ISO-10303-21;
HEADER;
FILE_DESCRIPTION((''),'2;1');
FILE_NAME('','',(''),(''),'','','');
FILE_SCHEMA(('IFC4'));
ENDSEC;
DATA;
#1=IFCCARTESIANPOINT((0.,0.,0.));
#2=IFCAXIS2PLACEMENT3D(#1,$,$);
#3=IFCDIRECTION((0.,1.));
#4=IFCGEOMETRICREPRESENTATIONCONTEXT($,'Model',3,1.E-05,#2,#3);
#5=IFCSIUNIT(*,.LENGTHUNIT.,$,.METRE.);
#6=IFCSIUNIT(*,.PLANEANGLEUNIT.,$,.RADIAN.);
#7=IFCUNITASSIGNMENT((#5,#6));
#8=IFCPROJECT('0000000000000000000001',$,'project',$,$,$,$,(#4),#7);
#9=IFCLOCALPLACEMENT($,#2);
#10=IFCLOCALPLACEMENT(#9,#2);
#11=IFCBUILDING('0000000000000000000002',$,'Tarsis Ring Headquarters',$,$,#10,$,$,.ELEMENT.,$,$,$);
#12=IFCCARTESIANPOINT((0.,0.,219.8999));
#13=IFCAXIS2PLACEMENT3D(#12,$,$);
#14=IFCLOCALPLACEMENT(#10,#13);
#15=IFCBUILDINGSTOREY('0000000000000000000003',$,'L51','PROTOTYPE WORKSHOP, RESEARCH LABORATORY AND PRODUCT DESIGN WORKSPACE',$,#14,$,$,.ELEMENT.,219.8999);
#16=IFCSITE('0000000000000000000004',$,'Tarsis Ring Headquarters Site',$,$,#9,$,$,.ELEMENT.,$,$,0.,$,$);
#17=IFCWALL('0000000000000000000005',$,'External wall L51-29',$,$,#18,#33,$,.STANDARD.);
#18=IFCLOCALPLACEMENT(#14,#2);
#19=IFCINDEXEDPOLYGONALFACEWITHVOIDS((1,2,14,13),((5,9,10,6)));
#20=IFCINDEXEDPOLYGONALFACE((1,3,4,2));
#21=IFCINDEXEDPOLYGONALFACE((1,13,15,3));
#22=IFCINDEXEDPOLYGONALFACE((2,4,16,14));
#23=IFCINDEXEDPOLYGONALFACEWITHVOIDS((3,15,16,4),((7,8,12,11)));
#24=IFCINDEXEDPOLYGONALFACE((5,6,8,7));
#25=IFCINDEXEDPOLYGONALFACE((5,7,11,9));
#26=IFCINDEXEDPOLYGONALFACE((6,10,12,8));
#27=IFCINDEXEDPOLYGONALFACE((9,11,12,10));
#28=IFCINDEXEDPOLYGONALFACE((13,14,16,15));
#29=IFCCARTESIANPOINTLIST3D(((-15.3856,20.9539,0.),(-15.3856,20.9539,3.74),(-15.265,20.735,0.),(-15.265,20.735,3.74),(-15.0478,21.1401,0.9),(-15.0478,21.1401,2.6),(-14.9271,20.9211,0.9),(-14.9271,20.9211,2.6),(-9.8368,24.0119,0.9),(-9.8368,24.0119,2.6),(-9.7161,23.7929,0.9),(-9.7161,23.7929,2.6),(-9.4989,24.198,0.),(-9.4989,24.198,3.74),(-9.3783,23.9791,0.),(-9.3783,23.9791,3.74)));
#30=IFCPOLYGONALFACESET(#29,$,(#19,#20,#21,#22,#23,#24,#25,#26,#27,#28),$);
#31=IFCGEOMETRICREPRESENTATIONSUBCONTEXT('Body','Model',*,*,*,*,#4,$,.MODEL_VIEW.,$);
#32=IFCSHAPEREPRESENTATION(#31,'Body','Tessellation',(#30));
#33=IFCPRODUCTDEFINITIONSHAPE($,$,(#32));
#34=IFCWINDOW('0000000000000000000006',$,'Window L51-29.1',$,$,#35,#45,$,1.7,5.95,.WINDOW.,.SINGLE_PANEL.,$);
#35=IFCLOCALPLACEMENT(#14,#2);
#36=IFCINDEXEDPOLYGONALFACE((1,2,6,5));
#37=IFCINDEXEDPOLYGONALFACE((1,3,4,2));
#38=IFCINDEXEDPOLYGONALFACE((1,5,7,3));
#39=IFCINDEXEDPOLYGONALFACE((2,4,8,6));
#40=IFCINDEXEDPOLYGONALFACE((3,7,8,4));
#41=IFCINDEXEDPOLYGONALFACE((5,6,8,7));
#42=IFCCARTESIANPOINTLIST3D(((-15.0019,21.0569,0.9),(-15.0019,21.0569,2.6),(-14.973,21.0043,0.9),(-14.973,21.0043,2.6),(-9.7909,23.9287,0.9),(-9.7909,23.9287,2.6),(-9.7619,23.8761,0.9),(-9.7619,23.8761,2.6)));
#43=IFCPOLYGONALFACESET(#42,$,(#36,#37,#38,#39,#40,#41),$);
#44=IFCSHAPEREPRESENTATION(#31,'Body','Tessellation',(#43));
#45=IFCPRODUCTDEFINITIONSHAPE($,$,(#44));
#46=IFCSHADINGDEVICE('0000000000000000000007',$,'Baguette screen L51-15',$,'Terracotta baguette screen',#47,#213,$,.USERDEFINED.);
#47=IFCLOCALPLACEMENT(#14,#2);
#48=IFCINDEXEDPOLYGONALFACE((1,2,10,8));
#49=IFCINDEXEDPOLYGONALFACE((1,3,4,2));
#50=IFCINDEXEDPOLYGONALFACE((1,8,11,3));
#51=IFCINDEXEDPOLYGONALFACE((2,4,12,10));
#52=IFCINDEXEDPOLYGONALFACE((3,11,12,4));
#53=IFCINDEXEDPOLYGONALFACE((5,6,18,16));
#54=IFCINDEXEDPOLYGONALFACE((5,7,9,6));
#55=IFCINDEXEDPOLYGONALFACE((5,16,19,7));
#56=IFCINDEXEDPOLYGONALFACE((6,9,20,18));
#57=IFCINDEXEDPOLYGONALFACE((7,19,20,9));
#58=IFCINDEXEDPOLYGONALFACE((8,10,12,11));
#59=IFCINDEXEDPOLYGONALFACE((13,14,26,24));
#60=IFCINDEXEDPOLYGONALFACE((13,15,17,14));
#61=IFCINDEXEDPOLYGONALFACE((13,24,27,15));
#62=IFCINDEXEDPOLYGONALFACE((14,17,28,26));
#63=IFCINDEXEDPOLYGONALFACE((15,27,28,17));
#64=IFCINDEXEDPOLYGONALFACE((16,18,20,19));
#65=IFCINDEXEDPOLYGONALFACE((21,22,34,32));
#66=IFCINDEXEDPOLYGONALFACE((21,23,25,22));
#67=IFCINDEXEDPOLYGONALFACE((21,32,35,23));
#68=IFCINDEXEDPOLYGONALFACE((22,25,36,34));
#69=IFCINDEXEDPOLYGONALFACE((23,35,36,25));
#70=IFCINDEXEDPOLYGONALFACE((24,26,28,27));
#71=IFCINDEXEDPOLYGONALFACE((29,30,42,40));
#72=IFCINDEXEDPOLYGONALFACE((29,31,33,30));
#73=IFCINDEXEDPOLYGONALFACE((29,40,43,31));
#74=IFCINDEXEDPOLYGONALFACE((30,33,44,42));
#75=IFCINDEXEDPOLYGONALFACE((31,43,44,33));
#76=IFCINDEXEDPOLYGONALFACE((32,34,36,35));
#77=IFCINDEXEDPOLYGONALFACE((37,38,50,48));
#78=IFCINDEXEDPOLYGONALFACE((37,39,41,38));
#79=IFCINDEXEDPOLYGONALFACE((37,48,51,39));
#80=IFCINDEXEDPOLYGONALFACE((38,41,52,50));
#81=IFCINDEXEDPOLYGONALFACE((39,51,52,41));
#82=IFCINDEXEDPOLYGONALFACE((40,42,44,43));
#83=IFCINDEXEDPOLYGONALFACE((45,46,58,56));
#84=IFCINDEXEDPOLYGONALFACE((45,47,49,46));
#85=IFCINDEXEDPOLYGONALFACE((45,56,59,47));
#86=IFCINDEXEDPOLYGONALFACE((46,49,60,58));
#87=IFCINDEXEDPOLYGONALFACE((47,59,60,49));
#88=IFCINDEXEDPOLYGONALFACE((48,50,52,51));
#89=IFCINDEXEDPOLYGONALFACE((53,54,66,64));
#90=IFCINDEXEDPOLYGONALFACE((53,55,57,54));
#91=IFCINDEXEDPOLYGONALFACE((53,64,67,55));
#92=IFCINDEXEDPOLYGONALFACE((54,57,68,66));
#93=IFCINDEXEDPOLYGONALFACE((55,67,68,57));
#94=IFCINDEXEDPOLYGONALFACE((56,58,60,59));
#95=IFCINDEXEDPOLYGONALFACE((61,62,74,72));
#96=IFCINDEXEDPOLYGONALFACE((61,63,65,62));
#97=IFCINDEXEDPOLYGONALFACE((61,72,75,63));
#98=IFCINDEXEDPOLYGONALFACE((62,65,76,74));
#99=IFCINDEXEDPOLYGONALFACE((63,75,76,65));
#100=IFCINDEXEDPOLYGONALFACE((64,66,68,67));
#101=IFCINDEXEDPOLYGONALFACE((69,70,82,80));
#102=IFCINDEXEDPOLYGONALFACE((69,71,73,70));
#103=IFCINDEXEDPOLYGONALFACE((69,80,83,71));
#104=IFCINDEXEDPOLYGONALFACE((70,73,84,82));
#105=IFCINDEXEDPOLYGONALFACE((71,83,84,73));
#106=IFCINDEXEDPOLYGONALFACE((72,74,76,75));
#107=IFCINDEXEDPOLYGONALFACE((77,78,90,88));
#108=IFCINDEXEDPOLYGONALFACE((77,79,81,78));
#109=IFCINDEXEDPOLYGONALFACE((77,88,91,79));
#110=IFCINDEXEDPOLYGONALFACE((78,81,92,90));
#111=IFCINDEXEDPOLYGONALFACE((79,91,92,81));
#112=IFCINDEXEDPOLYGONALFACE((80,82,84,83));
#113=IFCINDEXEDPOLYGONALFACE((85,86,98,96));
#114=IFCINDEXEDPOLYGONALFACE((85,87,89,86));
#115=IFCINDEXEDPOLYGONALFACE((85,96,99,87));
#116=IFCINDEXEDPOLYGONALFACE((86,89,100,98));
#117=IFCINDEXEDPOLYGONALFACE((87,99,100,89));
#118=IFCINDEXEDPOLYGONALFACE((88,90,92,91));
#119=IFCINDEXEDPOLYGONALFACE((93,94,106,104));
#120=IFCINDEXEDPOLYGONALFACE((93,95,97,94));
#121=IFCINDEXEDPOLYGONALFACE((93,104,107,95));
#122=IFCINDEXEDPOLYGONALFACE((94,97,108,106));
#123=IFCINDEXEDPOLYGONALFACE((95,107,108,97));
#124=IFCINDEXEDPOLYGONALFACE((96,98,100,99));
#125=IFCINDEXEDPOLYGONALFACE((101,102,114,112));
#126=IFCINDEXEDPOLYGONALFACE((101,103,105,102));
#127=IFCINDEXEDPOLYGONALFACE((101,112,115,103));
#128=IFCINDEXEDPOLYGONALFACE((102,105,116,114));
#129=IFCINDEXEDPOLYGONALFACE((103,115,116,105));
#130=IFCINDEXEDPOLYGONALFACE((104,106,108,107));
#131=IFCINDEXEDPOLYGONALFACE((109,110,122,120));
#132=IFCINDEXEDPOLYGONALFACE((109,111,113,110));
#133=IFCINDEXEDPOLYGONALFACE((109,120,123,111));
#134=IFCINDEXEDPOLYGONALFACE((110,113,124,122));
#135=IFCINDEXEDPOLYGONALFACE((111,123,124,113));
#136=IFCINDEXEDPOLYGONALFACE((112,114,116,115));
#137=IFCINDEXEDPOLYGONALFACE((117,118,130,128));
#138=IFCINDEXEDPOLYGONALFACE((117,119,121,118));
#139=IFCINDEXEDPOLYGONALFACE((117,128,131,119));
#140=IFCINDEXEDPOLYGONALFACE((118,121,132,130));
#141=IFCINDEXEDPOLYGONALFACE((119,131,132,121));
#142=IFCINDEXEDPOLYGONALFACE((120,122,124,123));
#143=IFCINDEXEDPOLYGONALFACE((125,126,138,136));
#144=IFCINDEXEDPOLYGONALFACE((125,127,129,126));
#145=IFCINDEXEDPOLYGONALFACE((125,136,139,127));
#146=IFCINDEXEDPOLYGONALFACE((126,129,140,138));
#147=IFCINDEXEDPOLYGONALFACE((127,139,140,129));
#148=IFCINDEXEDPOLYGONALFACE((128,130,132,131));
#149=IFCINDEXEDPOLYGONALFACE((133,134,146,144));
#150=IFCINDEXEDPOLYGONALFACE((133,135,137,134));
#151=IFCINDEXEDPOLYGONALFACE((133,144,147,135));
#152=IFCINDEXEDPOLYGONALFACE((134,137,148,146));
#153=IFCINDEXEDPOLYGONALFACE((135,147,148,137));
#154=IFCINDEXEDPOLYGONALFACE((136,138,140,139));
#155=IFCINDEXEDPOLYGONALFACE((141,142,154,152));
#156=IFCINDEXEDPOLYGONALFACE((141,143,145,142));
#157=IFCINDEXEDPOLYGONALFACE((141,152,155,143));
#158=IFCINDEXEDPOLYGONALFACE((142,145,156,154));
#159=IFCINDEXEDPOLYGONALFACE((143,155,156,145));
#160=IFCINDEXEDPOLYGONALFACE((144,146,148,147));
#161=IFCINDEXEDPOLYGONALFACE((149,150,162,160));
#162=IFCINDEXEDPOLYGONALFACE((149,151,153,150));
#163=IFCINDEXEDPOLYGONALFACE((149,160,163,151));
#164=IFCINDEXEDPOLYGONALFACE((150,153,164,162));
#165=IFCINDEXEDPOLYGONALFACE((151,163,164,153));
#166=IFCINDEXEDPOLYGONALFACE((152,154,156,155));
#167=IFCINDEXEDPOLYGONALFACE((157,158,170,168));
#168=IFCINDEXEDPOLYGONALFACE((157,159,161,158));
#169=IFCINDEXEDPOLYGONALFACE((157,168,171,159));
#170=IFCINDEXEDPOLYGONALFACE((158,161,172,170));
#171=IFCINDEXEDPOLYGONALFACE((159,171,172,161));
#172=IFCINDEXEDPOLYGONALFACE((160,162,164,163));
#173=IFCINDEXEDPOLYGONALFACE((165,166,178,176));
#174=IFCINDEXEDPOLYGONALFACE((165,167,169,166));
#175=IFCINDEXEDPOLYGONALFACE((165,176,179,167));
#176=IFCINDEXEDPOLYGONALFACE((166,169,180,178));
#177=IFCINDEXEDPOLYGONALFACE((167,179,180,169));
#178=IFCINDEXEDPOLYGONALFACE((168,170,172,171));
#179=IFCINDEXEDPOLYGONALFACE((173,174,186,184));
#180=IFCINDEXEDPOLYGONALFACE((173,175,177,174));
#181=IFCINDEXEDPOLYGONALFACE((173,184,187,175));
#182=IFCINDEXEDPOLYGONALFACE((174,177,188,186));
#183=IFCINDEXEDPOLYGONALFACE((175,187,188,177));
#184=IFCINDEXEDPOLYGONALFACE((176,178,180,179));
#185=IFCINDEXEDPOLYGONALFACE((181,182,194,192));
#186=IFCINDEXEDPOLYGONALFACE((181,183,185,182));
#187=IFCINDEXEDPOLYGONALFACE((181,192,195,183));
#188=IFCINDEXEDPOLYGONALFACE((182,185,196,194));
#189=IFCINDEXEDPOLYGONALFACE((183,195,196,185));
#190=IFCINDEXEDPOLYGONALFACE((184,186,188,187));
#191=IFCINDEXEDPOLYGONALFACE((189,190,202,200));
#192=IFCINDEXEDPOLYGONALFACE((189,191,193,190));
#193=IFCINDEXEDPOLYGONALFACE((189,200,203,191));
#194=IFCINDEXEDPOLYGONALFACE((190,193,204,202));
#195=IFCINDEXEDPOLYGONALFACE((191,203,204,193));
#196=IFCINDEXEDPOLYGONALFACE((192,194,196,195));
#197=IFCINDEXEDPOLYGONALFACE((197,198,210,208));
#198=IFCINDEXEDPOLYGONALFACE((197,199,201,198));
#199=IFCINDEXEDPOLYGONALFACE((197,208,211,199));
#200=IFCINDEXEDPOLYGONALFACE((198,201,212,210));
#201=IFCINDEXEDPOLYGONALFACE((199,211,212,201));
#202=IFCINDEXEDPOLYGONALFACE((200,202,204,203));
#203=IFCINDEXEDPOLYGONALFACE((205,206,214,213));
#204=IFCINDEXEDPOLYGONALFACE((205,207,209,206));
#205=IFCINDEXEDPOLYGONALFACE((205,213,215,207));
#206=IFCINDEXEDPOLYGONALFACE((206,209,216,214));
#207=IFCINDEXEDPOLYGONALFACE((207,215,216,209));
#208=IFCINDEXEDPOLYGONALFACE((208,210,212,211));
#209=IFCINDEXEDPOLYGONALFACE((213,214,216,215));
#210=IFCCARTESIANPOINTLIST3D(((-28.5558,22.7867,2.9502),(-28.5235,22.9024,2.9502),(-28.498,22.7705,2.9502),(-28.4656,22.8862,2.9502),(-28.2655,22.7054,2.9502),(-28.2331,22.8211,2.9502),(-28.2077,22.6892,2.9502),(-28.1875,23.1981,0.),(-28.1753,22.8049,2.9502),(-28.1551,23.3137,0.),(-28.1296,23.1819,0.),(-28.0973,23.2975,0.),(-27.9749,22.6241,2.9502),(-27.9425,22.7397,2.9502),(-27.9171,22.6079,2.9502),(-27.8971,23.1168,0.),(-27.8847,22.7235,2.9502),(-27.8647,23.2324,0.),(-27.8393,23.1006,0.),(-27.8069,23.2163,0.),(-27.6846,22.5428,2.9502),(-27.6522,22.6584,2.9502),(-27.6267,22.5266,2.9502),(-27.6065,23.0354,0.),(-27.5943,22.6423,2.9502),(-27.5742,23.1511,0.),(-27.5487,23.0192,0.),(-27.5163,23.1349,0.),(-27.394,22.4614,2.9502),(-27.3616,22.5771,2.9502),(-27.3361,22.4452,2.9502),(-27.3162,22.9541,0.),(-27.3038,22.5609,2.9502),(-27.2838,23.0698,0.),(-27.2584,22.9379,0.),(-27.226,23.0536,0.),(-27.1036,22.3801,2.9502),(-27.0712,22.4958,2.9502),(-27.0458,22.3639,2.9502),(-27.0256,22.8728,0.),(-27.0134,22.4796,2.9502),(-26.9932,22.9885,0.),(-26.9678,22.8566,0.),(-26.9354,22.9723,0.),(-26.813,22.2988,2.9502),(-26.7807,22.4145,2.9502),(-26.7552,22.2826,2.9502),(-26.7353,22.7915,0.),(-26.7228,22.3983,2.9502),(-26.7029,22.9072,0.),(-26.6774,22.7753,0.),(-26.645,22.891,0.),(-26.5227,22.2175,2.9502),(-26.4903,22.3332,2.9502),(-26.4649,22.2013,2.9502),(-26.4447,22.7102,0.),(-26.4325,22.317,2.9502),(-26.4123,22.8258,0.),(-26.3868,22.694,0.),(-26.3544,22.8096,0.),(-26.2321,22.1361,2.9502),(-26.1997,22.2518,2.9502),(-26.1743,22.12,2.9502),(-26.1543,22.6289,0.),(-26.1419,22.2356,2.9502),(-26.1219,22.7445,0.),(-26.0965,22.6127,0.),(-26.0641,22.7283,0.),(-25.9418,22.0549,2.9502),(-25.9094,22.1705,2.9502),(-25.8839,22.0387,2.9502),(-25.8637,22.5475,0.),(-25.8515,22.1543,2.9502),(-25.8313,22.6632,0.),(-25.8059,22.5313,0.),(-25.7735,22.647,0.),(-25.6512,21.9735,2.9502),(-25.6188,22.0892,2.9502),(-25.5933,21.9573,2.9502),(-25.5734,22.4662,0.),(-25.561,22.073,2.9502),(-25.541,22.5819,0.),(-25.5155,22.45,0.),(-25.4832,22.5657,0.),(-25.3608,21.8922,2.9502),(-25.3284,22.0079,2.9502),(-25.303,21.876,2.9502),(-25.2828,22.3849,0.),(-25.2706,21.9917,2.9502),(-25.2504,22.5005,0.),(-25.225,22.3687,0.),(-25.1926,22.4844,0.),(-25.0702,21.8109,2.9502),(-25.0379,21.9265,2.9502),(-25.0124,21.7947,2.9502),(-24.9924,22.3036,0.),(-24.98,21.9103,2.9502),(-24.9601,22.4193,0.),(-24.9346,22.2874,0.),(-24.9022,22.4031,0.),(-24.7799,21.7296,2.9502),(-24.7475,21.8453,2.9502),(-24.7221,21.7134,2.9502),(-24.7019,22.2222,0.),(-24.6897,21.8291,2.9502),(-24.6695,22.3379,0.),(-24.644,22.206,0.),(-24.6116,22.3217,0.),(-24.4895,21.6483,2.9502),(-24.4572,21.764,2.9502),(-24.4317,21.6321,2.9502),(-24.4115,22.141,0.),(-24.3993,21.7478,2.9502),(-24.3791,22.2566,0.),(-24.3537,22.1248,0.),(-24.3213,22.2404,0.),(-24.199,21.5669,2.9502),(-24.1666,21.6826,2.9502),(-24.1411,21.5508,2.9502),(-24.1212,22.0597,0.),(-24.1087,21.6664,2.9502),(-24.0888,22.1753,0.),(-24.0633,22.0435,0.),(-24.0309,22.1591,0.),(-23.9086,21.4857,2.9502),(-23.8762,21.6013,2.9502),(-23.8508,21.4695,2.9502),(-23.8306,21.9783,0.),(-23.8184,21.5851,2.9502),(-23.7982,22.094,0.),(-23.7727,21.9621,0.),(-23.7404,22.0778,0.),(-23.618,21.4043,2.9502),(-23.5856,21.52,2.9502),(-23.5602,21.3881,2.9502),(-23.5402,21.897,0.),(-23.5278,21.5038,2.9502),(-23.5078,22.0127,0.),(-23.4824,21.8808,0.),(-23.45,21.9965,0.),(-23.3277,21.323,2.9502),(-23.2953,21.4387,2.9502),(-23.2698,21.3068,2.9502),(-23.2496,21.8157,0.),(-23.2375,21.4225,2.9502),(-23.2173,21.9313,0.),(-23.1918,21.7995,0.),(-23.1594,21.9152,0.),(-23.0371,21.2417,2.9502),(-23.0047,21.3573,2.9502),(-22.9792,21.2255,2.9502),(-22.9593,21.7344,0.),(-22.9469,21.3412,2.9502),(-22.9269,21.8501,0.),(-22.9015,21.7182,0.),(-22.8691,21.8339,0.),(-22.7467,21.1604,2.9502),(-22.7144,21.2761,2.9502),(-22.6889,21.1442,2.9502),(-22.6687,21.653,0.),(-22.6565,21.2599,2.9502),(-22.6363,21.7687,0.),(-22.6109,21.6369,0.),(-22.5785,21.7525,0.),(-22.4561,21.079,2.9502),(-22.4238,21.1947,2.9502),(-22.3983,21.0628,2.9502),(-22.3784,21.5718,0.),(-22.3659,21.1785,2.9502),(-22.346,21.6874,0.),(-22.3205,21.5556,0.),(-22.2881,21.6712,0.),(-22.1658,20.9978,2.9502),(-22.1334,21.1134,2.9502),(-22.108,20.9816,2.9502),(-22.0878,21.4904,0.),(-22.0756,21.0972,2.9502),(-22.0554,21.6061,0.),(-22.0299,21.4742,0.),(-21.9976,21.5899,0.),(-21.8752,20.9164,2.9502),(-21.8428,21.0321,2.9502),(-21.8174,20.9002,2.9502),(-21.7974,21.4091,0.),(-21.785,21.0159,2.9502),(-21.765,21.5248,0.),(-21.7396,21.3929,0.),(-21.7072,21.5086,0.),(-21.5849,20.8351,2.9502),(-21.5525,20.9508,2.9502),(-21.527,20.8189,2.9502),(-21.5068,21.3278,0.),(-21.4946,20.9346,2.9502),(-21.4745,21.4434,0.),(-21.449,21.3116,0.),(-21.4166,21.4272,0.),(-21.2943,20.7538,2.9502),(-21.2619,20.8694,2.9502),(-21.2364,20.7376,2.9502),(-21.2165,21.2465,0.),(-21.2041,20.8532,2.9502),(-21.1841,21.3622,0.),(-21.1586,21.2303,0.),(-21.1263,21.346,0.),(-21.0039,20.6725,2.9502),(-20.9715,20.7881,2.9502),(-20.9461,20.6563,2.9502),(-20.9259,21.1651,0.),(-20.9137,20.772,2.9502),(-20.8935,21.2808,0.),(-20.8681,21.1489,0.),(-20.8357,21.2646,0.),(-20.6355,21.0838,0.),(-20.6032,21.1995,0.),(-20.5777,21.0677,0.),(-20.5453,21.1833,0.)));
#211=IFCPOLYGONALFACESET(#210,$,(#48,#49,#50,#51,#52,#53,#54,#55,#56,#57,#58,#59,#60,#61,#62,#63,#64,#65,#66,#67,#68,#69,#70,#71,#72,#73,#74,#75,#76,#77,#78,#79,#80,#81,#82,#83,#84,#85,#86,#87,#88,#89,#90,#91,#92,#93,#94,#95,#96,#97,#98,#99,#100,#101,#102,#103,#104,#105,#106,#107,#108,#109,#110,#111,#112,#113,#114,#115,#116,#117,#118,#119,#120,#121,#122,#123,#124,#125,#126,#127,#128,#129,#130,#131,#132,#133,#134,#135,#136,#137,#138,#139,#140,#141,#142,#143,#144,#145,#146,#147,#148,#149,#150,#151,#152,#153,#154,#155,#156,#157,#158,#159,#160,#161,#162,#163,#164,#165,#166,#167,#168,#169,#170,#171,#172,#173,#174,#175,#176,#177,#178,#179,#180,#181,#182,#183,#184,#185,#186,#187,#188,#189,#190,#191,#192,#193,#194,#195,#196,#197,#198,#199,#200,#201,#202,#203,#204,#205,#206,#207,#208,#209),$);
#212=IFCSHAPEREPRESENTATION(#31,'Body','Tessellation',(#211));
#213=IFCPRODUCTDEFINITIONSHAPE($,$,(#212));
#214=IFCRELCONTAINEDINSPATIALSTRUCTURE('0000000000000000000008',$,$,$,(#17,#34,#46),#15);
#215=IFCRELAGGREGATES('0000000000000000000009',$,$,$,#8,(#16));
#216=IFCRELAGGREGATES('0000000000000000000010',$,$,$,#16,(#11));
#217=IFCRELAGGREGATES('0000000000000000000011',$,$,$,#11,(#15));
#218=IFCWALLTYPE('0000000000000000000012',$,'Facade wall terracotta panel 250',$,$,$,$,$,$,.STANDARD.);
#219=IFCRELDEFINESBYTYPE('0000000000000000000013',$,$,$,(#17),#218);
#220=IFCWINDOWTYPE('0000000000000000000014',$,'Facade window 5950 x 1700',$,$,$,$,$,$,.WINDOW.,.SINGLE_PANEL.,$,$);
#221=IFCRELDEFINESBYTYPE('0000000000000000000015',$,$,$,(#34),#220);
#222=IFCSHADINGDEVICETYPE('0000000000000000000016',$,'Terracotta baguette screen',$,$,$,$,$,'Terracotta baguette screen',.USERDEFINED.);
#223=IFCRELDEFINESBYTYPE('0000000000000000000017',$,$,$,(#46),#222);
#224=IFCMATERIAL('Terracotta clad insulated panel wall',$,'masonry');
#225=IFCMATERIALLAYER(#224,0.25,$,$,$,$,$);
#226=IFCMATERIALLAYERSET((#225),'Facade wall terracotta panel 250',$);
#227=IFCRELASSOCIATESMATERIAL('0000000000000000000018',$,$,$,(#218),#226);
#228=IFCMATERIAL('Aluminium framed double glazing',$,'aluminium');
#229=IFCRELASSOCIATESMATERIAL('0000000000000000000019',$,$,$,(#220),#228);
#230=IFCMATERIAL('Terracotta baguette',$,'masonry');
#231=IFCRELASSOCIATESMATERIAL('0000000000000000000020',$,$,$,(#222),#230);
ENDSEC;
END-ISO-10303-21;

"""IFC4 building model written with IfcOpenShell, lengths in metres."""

from ifc_helpers import new_model, si_unit, direction, frame, frame_2d, origin, place, context, subcontext, project, spatial, rectangle, composite_profile, extrude, material, layer, layer_set, type_object, element, fill, save


model = new_model("IFC4")

# Units and contexts
model_context = context("Model", 3, precision=1e-05, world=origin(), true_north=direction((0.0, 1.0)))
body_context = subcontext(model_context, "Body", "Model", "MODEL_VIEW")
ifc_project = project(units=[si_unit("LENGTHUNIT", "METRE"), si_unit("PLANEANGLEUNIT", "RADIAN")], contexts=[model_context])

# Site, building, storey
site_placement = place(None, origin())
site = spatial("IfcSite", under=ifc_project, at=site_placement, Name="Tarsis Ring Headquarters Site", CompositionType="ELEMENT", RefElevation=0.0)
building_placement = place(site_placement, origin())
building = spatial("IfcBuilding", under=site, at=building_placement, Name="Tarsis Ring Headquarters", CompositionType="ELEMENT")
storey_placement = place(building_placement, frame((0.0, 0.0, 219.8999)))
storey = spatial("IfcBuildingStorey", under=building, at=storey_placement, Name="L51", Description="PROTOTYPE WORKSHOP, RESEARCH LABORATORY AND PRODUCT DESIGN WORKSPACE", CompositionType="ELEMENT", Elevation=219.8999)

# Wall, opening, window
ifc_material_1 = material(Name="Terracotta clad insulated panel wall", Category="masonry")
ifc_layer_1 = layer(ifc_material_1, 0.25)
ifc_layer_set_1 = layer_set([ifc_layer_1], Name="Facade wall terracotta panel 250")
wall_type_1 = type_object("IfcWallType", Name="Facade wall terracotta panel 250", PredefinedType="STANDARD", material=ifc_layer_set_1)
wall_1_placement = place(storey_placement, frame((-9.4385, 24.0886, 0.0), z_axis=(0.0, 0.0, 1.0), x_axis=(-0.875811, -0.482655, 0.0)))
wall_1 = element("IfcWall", 1, at=wall_1_placement, inside=storey, type_object=wall_type_1, Name="External wall L51-29", PredefinedType="STANDARD", context=body_context, shape_type="SweptSolid", body=[
    extrude(rectangle(XDim=6.7214, YDim=0.25, at=frame_2d((3.3608, 0.0))), origin(), (0.0, 0.0, 1.0), 3.74),
])
opening_placement = place(wall_1_placement, frame((0.3857, 0.0, 0.8999)))
opening = element("IfcOpeningElement", 2, at=opening_placement, cuts=wall_1, PredefinedType="OPENING", context=body_context, shape_type="SweptSolid", body=[
    extrude(rectangle(XDim=5.95, YDim=1.7, at=frame_2d((2.9751, 0.8501))), frame((0.0, 0.135, 0.0), z_axis=(0.0, -1.0, 0.0), x_axis=(1.0, 0.0, 0.0)), (0.0, 0.0, 1.0), 0.27),
])
ifc_material_2 = material(Name="Aluminium framed double glazing", Category="aluminium")
window_type = type_object("IfcWindowType", Name="Facade window 5950 x 1700", PartitioningType="SINGLE_PANEL", PredefinedType="WINDOW", material=ifc_material_2)
window_placement = place(opening_placement, origin())
window = element("IfcWindow", 3, at=window_placement, inside=storey, type_object=window_type, Name="Window L51-29.1", OverallHeight=1.7, OverallWidth=5.95, PartitioningType="SINGLE_PANEL", PredefinedType="WINDOW", context=body_context, shape_type="SweptSolid", body=[
    extrude(rectangle(XDim=5.95, YDim=1.7, at=frame_2d((2.9751, 0.8501))), frame((0.0, 0.03, 0.0), z_axis=(0.0, -1.0, 0.0), x_axis=(1.0, 0.0, 0.0)), (0.0, 0.0, 1.0), 0.0601),
])
fill(opening, window)

# Shading device
ifc_material_3 = material(Name="Terracotta baguette", Category="masonry")
shading_device_type = type_object("IfcShadingDeviceType", Name="Terracotta baguette screen", ElementType="Terracotta baguette screen", PredefinedType="USERDEFINED", material=ifc_material_3)
shading_device_1_placement = place(storey_placement, frame((-20.5615, 21.1255, 0.0), z_axis=(0.0, 0.0, 1.0), x_axis=(-0.962987, 0.269596, 0.0)))
element("IfcShadingDevice", 4, at=shading_device_1_placement, inside=storey, type_object=shading_device_type, Name="Baguette screen L51-15", ObjectType="Terracotta baguette screen", PredefinedType="USERDEFINED", context=body_context, shape_type="SweptSolid", body=[
    extrude(composite_profile([rectangle(XDim=0.0601, YDim=0.1201, at=frame_2d((0.03, 0.0))), rectangle(XDim=0.0601, YDim=0.1201, at=frame_2d((0.3315, 0.0))), rectangle(XDim=0.0601, YDim=0.1201, at=frame_2d((0.6333, 0.0))), rectangle(XDim=0.0601, YDim=0.1201, at=frame_2d((0.9348, 0.0))), rectangle(XDim=0.0601, YDim=0.1201, at=frame_2d((1.2366, 0.0))), rectangle(XDim=0.0601, YDim=0.1201, at=frame_2d((1.5381, 0.0))), rectangle(XDim=0.0601, YDim=0.1201, at=frame_2d((1.8398, 0.0))), rectangle(XDim=0.0601, YDim=0.1201, at=frame_2d((2.1414, 0.0))), rectangle(XDim=0.0601, YDim=0.1201, at=frame_2d((2.4431, 0.0))), rectangle(XDim=0.0601, YDim=0.1201, at=frame_2d((2.7446, 0.0))), rectangle(XDim=0.0601, YDim=0.1201, at=frame_2d((3.0464, 0.0))), rectangle(XDim=0.0601, YDim=0.1201, at=frame_2d((3.3479, 0.0))), rectangle(XDim=0.0601, YDim=0.1201, at=frame_2d((3.6497, 0.0))), rectangle(XDim=0.0601, YDim=0.1201, at=frame_2d((3.9512, 0.0))), rectangle(XDim=0.0601, YDim=0.1201, at=frame_2d((4.2527, 0.0))), rectangle(XDim=0.0601, YDim=0.1201, at=frame_2d((4.5544, 0.0))), rectangle(XDim=0.0601, YDim=0.1201, at=frame_2d((4.856, 0.0))), rectangle(XDim=0.0601, YDim=0.1201, at=frame_2d((5.1577, 0.0))), rectangle(XDim=0.0601, YDim=0.1201, at=frame_2d((5.4592, 0.0))), rectangle(XDim=0.0601, YDim=0.1201, at=frame_2d((5.761, 0.0))), rectangle(XDim=0.0601, YDim=0.1201, at=frame_2d((6.0625, 0.0))), rectangle(XDim=0.0601, YDim=0.1201, at=frame_2d((6.3643, 0.0))), rectangle(XDim=0.0601, YDim=0.1201, at=frame_2d((6.6658, 0.0))), rectangle(XDim=0.0601, YDim=0.1201, at=frame_2d((6.9675, 0.0))), rectangle(XDim=0.0601, YDim=0.1201, at=frame_2d((7.269, 0.0))), rectangle(XDim=0.0601, YDim=0.1201, at=frame_2d((7.5708, 0.0))), rectangle(XDim=0.0601, YDim=0.1201, at=frame_2d((7.8723, 0.0)))]), origin(), (0.081239, 0.165069, 0.98293), 3.0015),
])

save(model, "model.ifc")
